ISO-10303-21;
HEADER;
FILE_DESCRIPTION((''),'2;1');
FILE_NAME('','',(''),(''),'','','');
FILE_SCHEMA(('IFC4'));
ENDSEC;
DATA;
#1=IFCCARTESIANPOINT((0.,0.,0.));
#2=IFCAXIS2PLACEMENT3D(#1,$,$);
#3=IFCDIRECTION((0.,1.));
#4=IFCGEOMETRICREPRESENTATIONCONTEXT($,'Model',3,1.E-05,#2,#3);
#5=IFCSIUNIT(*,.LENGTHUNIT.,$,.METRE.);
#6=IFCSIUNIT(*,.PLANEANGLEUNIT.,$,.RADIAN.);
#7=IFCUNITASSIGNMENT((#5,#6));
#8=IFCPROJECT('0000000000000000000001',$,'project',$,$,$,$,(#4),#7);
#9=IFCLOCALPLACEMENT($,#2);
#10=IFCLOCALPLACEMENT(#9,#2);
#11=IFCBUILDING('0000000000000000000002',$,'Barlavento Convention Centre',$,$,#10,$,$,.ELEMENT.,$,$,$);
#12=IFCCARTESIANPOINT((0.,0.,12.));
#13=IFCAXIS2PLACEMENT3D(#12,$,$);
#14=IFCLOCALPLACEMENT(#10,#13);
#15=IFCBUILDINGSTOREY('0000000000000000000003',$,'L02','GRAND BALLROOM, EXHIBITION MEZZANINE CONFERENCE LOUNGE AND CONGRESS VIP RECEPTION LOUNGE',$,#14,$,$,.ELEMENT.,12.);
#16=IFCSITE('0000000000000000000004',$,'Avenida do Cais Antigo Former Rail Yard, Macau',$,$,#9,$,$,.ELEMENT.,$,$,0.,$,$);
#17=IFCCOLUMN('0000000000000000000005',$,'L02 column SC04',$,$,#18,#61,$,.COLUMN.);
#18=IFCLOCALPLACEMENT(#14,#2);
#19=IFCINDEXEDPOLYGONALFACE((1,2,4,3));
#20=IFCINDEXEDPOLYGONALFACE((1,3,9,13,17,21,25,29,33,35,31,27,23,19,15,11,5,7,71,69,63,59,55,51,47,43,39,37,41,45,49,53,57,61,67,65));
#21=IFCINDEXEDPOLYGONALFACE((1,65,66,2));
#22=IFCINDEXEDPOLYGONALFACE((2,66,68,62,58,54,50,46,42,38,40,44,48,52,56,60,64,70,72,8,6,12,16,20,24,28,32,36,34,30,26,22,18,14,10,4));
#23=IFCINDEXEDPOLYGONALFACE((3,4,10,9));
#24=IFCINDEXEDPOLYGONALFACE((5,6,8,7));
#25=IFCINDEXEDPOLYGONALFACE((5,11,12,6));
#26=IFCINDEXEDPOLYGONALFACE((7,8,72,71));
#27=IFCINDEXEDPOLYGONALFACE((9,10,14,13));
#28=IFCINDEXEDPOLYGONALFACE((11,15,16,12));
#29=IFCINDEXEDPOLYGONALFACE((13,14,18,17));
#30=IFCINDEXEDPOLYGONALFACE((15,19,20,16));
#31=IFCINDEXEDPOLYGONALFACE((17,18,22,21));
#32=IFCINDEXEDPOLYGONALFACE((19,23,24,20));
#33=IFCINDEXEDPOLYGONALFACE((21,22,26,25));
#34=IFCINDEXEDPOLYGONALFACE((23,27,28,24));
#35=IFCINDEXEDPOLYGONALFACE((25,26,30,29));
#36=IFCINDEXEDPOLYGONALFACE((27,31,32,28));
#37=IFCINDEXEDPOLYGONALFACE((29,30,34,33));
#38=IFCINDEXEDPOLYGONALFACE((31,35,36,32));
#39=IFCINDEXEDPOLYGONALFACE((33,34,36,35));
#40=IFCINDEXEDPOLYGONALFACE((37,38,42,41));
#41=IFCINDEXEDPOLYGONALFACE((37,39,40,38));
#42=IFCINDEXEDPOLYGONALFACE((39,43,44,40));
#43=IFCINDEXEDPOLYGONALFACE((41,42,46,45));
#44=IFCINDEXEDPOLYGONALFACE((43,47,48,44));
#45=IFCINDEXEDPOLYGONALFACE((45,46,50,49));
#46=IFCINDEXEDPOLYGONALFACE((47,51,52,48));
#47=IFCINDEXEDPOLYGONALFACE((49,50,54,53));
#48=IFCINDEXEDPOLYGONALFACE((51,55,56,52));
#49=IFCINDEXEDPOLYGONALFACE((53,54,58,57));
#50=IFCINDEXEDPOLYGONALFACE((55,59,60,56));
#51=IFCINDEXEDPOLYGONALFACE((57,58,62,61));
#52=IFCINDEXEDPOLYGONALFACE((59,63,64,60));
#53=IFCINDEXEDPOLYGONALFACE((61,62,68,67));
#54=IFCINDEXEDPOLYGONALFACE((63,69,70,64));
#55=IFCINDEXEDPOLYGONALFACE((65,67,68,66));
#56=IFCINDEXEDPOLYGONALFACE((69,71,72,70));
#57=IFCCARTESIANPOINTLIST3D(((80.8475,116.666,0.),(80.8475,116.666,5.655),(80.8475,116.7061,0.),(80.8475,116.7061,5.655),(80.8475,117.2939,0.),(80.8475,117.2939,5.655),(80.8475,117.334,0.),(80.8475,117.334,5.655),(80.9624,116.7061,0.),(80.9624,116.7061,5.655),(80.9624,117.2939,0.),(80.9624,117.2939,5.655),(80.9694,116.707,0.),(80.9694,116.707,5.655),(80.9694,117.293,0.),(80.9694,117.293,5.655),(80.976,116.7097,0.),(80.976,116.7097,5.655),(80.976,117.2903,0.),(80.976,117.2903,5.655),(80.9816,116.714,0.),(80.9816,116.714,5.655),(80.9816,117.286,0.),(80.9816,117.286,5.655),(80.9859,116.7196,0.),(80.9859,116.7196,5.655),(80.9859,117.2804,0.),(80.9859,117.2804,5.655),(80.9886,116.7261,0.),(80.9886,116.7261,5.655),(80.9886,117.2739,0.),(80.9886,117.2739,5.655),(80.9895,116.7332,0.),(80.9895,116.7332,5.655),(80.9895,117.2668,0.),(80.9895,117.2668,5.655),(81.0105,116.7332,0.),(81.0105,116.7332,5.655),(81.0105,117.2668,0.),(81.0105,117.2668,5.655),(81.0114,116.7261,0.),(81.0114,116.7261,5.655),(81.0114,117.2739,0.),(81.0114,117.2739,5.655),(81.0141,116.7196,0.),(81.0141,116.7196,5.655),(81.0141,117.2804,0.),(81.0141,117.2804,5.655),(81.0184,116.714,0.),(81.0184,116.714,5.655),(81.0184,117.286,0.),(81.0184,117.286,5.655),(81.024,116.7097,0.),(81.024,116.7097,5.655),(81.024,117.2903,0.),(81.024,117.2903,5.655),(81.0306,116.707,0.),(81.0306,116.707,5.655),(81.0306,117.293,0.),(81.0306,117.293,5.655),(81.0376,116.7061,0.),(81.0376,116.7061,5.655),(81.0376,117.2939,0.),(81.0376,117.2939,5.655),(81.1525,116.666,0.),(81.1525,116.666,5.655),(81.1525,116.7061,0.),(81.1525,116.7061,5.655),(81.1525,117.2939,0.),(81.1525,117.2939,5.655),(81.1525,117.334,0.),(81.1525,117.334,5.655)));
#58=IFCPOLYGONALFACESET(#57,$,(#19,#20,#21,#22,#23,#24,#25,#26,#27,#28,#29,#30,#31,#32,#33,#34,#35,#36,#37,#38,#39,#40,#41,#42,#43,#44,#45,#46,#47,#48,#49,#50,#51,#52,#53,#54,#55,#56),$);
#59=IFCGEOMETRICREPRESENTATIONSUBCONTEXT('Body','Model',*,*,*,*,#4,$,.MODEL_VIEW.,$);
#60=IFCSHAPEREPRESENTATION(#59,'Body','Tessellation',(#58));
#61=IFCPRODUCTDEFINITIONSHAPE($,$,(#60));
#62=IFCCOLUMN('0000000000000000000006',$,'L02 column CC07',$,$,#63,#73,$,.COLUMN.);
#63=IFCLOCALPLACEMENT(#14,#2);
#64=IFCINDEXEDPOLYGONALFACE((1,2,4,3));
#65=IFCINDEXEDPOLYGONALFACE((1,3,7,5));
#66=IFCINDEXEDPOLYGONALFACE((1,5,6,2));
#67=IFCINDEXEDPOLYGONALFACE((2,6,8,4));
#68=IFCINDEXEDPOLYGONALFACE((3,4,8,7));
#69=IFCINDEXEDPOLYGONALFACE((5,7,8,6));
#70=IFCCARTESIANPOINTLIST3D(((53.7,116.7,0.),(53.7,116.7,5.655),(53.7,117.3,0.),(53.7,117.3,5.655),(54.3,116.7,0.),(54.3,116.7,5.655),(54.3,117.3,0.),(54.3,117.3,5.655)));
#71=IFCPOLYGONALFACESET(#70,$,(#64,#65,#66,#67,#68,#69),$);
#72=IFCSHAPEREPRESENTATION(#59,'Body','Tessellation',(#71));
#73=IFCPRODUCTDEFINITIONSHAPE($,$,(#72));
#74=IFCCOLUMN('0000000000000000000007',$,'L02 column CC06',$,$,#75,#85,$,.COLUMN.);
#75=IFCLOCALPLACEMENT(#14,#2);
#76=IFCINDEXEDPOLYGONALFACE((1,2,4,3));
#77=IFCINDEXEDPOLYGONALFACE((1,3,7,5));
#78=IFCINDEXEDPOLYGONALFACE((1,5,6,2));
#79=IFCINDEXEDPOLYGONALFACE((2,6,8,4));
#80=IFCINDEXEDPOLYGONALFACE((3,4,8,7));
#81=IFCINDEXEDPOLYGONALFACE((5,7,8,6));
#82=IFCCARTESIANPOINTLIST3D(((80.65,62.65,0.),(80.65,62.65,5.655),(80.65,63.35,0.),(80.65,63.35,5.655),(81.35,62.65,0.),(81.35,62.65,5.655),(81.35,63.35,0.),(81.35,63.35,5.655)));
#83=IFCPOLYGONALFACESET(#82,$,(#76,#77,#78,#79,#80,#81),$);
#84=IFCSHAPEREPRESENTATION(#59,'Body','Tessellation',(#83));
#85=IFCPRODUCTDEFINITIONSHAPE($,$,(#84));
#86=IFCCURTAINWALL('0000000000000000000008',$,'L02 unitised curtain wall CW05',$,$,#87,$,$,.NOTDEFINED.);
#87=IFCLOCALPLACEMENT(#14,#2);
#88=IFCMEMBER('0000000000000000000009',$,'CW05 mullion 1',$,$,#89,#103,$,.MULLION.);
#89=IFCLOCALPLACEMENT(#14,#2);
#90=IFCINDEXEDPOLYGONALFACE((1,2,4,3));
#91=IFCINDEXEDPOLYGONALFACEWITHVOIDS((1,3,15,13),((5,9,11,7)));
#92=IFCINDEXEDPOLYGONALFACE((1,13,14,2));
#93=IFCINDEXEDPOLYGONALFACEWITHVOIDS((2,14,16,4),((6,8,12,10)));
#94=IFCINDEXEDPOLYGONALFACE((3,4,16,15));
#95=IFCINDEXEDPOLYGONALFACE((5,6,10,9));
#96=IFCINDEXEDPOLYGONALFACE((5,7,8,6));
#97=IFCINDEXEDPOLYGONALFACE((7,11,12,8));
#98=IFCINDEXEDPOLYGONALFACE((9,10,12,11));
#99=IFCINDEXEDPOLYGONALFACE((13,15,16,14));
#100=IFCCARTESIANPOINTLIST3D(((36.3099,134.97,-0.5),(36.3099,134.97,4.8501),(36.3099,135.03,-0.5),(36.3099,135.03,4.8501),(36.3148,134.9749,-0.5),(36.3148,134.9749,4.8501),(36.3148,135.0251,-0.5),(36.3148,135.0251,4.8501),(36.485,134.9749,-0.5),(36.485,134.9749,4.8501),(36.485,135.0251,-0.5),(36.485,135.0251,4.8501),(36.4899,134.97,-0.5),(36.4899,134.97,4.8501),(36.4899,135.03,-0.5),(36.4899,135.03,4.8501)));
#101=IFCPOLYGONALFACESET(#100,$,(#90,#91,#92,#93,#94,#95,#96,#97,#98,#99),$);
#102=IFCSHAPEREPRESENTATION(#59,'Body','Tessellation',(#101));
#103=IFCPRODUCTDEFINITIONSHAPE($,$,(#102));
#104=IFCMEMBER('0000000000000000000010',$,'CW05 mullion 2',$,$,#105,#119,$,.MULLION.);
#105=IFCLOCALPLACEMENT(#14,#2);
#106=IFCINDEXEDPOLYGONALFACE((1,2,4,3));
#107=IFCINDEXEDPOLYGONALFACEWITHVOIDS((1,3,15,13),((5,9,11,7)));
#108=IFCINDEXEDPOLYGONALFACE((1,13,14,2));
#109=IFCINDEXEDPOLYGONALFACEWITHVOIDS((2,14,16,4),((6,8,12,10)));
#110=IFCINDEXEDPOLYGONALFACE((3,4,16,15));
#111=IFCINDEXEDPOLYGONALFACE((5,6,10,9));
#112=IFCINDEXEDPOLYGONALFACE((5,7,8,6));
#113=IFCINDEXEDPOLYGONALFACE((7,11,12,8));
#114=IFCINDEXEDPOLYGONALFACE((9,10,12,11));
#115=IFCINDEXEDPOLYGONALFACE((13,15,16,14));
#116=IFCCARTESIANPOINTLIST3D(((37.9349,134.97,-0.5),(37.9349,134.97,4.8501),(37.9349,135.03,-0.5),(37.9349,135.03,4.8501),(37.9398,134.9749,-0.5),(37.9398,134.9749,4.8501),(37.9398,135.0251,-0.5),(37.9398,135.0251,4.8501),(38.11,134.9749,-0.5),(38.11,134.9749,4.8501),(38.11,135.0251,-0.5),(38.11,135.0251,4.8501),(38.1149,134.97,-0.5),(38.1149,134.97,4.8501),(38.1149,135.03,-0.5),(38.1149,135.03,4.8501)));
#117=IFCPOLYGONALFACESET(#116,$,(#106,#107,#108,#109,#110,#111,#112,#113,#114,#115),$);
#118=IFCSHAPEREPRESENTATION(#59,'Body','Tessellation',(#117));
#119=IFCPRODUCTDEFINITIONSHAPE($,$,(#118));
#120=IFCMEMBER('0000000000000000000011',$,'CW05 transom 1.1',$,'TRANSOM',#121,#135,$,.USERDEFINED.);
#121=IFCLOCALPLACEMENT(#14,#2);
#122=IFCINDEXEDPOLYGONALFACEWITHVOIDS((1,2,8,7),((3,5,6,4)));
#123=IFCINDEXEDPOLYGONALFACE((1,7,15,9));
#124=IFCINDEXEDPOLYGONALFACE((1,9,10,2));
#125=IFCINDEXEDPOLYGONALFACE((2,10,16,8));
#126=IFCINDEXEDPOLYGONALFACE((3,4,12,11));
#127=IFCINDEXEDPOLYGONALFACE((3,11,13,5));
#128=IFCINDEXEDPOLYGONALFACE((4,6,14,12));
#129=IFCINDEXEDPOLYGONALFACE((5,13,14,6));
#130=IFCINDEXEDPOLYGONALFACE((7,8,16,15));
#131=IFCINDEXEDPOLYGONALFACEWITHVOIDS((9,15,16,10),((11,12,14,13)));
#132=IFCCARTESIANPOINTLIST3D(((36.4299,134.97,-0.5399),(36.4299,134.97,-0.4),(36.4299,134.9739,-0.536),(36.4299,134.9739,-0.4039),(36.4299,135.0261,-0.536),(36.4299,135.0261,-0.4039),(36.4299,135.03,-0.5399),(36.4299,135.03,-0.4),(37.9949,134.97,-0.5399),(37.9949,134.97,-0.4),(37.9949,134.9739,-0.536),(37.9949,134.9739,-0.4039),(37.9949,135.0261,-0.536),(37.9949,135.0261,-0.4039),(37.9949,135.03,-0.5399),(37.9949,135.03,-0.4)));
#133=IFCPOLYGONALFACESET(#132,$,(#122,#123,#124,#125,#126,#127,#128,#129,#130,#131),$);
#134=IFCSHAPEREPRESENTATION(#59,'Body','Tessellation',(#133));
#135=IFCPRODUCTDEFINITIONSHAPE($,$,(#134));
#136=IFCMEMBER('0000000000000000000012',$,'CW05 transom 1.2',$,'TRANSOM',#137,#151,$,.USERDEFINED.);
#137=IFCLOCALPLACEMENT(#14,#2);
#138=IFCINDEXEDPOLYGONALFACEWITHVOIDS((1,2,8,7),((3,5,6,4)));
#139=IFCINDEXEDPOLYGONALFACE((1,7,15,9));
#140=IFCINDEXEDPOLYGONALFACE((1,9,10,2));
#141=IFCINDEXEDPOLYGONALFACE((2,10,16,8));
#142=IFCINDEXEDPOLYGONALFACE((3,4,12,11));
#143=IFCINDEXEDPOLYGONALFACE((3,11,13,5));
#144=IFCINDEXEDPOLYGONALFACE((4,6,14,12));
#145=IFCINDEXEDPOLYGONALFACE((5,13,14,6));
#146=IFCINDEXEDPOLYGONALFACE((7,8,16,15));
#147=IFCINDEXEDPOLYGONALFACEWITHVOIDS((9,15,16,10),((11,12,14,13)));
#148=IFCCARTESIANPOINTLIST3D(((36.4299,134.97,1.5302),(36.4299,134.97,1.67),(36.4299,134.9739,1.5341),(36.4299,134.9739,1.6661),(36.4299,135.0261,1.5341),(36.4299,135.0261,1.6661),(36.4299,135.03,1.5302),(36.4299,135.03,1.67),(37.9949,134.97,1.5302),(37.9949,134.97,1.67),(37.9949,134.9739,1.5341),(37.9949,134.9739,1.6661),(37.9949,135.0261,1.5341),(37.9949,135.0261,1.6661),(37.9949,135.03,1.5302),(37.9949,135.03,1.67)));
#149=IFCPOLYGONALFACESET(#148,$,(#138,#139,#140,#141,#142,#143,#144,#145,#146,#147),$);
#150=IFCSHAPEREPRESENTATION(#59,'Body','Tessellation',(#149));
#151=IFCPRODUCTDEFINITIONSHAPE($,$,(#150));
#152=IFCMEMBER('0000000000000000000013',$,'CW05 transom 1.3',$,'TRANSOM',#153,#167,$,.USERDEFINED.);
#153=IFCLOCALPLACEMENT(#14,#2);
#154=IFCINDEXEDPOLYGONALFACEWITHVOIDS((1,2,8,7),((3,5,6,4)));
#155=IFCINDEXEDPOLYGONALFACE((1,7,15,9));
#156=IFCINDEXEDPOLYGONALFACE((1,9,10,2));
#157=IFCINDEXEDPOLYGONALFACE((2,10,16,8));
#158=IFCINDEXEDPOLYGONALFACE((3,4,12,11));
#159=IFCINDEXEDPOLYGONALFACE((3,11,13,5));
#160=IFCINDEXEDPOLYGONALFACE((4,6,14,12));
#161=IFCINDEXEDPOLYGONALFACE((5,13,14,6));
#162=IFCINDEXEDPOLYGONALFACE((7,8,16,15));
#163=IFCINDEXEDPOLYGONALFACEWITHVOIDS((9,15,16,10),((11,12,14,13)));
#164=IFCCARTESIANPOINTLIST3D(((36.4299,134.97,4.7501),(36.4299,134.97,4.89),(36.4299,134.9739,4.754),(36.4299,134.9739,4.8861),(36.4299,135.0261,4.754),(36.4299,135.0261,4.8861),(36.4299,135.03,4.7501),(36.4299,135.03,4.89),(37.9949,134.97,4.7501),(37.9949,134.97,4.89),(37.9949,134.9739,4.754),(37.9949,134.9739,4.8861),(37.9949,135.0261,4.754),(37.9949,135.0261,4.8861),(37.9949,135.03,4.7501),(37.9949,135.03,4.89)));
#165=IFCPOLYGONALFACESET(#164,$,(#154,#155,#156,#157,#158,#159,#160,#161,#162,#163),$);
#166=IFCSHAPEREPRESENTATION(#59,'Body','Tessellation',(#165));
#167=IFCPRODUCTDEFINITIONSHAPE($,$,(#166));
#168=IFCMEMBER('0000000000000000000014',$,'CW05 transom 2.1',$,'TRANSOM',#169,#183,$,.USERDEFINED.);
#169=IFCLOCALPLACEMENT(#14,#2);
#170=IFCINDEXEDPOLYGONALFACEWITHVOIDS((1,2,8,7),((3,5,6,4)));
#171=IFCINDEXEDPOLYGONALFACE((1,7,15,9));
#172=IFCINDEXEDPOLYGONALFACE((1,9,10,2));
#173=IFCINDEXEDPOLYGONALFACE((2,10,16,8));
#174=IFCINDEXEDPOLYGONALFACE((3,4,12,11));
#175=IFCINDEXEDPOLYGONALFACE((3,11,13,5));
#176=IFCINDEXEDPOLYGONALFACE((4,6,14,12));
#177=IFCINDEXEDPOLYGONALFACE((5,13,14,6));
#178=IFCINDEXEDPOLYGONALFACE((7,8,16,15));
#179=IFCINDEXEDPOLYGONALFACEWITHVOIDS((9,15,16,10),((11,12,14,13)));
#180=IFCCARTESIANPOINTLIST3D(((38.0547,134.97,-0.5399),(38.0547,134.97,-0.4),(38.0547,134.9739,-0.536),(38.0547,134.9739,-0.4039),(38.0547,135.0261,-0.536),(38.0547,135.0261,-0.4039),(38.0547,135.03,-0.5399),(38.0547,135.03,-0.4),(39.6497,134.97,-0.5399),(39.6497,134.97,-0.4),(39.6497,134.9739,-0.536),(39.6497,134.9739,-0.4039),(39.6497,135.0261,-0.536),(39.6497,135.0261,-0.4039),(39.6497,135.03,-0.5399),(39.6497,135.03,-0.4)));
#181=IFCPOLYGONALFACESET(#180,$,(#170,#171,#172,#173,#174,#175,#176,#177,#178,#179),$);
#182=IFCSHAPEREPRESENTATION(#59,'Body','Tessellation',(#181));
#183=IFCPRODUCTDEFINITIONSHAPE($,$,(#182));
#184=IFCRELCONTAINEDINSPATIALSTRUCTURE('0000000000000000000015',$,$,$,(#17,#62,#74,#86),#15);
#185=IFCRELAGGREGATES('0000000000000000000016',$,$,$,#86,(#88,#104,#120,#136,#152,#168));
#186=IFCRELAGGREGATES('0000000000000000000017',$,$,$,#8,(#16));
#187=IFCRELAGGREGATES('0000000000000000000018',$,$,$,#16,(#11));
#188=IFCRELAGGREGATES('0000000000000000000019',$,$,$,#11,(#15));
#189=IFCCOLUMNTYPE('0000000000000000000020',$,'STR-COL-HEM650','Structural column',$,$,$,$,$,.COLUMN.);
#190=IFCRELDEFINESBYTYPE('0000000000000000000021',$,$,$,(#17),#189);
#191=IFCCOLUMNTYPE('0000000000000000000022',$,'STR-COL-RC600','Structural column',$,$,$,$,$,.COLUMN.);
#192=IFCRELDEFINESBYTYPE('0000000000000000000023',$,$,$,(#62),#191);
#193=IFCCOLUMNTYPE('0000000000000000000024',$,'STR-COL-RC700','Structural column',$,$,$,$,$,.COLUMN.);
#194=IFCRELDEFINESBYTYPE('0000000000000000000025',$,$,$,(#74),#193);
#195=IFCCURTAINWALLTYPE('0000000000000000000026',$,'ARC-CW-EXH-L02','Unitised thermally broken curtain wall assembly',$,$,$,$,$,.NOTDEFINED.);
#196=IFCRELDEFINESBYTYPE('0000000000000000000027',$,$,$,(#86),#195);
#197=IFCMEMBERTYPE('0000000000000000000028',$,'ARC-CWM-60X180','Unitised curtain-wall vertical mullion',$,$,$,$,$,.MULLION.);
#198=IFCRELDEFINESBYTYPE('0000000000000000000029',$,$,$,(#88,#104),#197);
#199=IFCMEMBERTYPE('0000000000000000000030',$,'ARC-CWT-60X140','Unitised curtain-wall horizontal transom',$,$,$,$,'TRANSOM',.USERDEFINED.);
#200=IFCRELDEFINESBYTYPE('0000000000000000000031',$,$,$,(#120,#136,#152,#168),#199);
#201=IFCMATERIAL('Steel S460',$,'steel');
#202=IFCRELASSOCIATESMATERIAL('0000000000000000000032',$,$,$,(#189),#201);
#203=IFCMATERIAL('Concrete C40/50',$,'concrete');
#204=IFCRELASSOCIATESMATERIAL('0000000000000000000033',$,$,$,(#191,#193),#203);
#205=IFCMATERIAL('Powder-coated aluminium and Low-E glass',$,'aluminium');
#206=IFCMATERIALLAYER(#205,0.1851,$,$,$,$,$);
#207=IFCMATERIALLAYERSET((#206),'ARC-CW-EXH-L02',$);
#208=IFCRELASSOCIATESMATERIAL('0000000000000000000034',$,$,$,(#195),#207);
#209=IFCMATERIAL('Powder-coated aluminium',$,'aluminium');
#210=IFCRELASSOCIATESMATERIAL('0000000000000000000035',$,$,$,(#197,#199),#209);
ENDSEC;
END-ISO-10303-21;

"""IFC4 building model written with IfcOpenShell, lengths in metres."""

from ifc_helpers import new_model, si_unit, direction, frame, origin, origin_2d, place, context, subcontext, project, spatial, rectangle, hollow_rectangle, i_section, extrude, material, layer, layer_set, material_profile, profile_set, type_object, element, aggregate, save


model = new_model("IFC4")

# Units and contexts
model_context = context("Model", 3, precision=1e-05, world=origin(), true_north=direction((0.0, 1.0)))
body_context = subcontext(model_context, "Body", "Model", "MODEL_VIEW")
ifc_project = project(units=[si_unit("LENGTHUNIT", "METRE"), si_unit("PLANEANGLEUNIT", "RADIAN")], contexts=[model_context])

# Site, building, storey
site_placement = place(None, origin())
site = spatial("IfcSite", under=ifc_project, at=site_placement, Name="Avenida do Cais Antigo Former Rail Yard, Macau", CompositionType="ELEMENT", RefElevation=0.0)
building_placement = place(site_placement, origin())
building = spatial("IfcBuilding", under=site, at=building_placement, Name="Barlavento Convention Centre", CompositionType="ELEMENT")
storey_placement = place(building_placement, frame((0.0, 0.0, 12.0)))
storey = spatial("IfcBuildingStorey", under=building, at=storey_placement, Name="L02", Description="GRAND BALLROOM, EXHIBITION MEZZANINE CONFERENCE LOUNGE AND CONGRESS VIP RECEPTION LOUNGE", CompositionType="ELEMENT", Elevation=12.0)

# Columns
ifc_material_1 = material(Name="Steel S460", Category="steel")
ifc_material_profile_1 = material_profile(ifc_material_1, i_section(OverallWidth=0.3049, OverallDepth=0.668, WebThickness=0.021, FlangeThickness=0.04, FilletRadius=0.0271, at=origin_2d()), Name="HEM 650")
ifc_profile_set_1 = profile_set([ifc_material_profile_1], Name="Steel S460")
column_type_1 = type_object("IfcColumnType", Name="STR-COL-HEM650", Description="Structural column", PredefinedType="COLUMN", material=ifc_profile_set_1)
for number, where, z_axis, x_axis, name in (
    (1, (81.0, 117.0, 0.0), (0.0, 0.0, 1.0), (1.0, 0.0, 0.0), "L02 column SC04"),
):
    element("IfcColumn", number, at=place(storey_placement, frame(where, z_axis=z_axis, x_axis=x_axis)), inside=storey, type_object=column_type_1, Name=name, PredefinedType="COLUMN", context=body_context, shape_type="SweptSolid", body=[
        extrude(i_section(OverallWidth=0.3049, OverallDepth=0.668, WebThickness=0.021, FlangeThickness=0.04, FilletRadius=0.0271, at=origin_2d()), origin(), (0.0, 0.0, 1.0), 5.655),
    ])
ifc_material_2 = material(Name="Concrete C40/50", Category="concrete")
ifc_material_profile_2 = material_profile(ifc_material_2, rectangle(XDim=0.6001, YDim=0.6001, at=origin_2d()), Name="RC 600x600")
ifc_profile_set_2 = profile_set([ifc_material_profile_2], Name="Concrete C40/50")
column_type_2 = type_object("IfcColumnType", Name="STR-COL-RC600", Description="Structural column", PredefinedType="COLUMN", material=ifc_profile_set_2)
column_1_placement = place(storey_placement, frame((54.0, 117.0, 0.0), z_axis=(0.0, 0.0, 1.0), x_axis=(1.0, 0.0, 0.0)))
element("IfcColumn", 2, at=column_1_placement, inside=storey, type_object=column_type_2, Name="L02 column CC07", PredefinedType="COLUMN", context=body_context, shape_type="SweptSolid", body=[
    extrude(rectangle(XDim=0.6001, YDim=0.6001, at=origin_2d()), origin(), (0.0, 0.0, 1.0), 5.655),
])
ifc_material_profile_3 = material_profile(ifc_material_2, rectangle(XDim=0.7, YDim=0.7, at=origin_2d()), Name="RC 700x700")
ifc_profile_set_3 = profile_set([ifc_material_profile_3], Name="Concrete C40/50")
column_type_3 = type_object("IfcColumnType", Name="STR-COL-RC700", Description="Structural column", PredefinedType="COLUMN", material=ifc_profile_set_3)
column_2_placement = place(storey_placement, frame((81.0, 63.0, 0.0), z_axis=(0.0, 0.0, 1.0), x_axis=(1.0, 0.0, 0.0)))
element("IfcColumn", 3, at=column_2_placement, inside=storey, type_object=column_type_3, Name="L02 column CC06", PredefinedType="COLUMN", context=body_context, shape_type="SweptSolid", body=[
    extrude(rectangle(XDim=0.7, YDim=0.7, at=origin_2d()), origin(), (0.0, 0.0, 1.0), 5.655),
])

# Curtain wall, members
ifc_material_3 = material(Name="Powder-coated aluminium and Low-E glass", Category="aluminium")
ifc_layer_1 = layer(ifc_material_3, 0.1851)
ifc_layer_set_1 = layer_set([ifc_layer_1], Name="ARC-CW-EXH-L02")
curtain_wall_type = type_object("IfcCurtainWallType", Name="ARC-CW-EXH-L02", Description="Unitised thermally broken curtain wall assembly", PredefinedType="NOTDEFINED", material=ifc_layer_set_1)
curtain_wall_placement = place(storey_placement, origin())
curtain_wall = element("IfcCurtainWall", 4, at=curtain_wall_placement, inside=storey, type_object=curtain_wall_type, Name="L02 unitised curtain wall CW05", PredefinedType="NOTDEFINED")
ifc_material_4 = material(Name="Powder-coated aluminium", Category="aluminium")
ifc_material_profile_4 = material_profile(ifc_material_4, hollow_rectangle(XDim=0.0601, YDim=0.1799, WallThickness=0.0049, at=origin_2d()), Name="AL-MULL 60x180x5")
ifc_profile_set_4 = profile_set([ifc_material_profile_4], Name="Powder-coated aluminium")
member_type_1 = type_object("IfcMemberType", Name="ARC-CWM-60X180", Description="Unitised curtain-wall vertical mullion", PredefinedType="MULLION", material=ifc_profile_set_4)
member_1_placement = place(storey_placement, frame((36.3999, 135.0, -0.5), z_axis=(0.0, 0.0, 1.0), x_axis=(0.0, 1.0, 0.0)))
member_1 = element("IfcMember", 5, at=member_1_placement, type_object=member_type_1, Name="CW05 mullion 1", PredefinedType="MULLION", context=body_context, shape_type="SweptSolid", body=[
    extrude(hollow_rectangle(XDim=0.0601, YDim=0.1799, WallThickness=0.0049, at=origin_2d()), origin(), (0.0, 0.0, 1.0), 5.3501),
])
member_2_placement = place(storey_placement, frame((38.0249, 135.0, -0.5), z_axis=(0.0, 0.0, 1.0), x_axis=(0.0, 1.0, 0.0)))
member_2 = element("IfcMember", 6, at=member_2_placement, type_object=member_type_1, Name="CW05 mullion 2", PredefinedType="MULLION", context=body_context, shape_type="SweptSolid", body=[
    extrude(hollow_rectangle(XDim=0.0601, YDim=0.1799, WallThickness=0.0049, at=origin_2d()), origin(), (0.0, 0.0, 1.0), 5.3501),
])
ifc_material_profile_5 = material_profile(ifc_material_4, hollow_rectangle(XDim=0.0601, YDim=0.1399, WallThickness=0.0039, at=origin_2d()), Name="AL-TRAN 60x140x4")
ifc_profile_set_5 = profile_set([ifc_material_profile_5], Name="Powder-coated aluminium")
member_type_2 = type_object("IfcMemberType", Name="ARC-CWT-60X140", Description="Unitised curtain-wall horizontal transom", ElementType="TRANSOM", PredefinedType="USERDEFINED", material=ifc_profile_set_5)
member_3_placement = place(storey_placement, frame((36.4299, 135.0, -0.47), z_axis=(1.0, 0.0, 0.0), x_axis=(0.0, 1.0, 0.0)))
member_3 = element("IfcMember", 7, at=member_3_placement, type_object=member_type_2, Name="CW05 transom 1.1", ObjectType="TRANSOM", PredefinedType="USERDEFINED", context=body_context, shape_type="SweptSolid", body=[
    extrude(hollow_rectangle(XDim=0.0601, YDim=0.1399, WallThickness=0.0039, at=origin_2d()), origin(), (0.0, 0.0, 1.0), 1.5649),
])
member_4_placement = place(storey_placement, frame((36.4299, 135.0, 1.6001), z_axis=(1.0, 0.0, 0.0), x_axis=(0.0, 1.0, 0.0)))
member_4 = element("IfcMember", 8, at=member_4_placement, type_object=member_type_2, Name="CW05 transom 1.2", ObjectType="TRANSOM", PredefinedType="USERDEFINED", context=body_context, shape_type="SweptSolid", body=[
    extrude(hollow_rectangle(XDim=0.0601, YDim=0.1399, WallThickness=0.0039, at=origin_2d()), origin(), (0.0, 0.0, 1.0), 1.5649),
])
member_5_placement = place(storey_placement, frame((36.4299, 135.0, 4.8201), z_axis=(1.0, 0.0, 0.0), x_axis=(0.0, 1.0, 0.0)))
member_5 = element("IfcMember", 9, at=member_5_placement, type_object=member_type_2, Name="CW05 transom 1.3", ObjectType="TRANSOM", PredefinedType="USERDEFINED", context=body_context, shape_type="SweptSolid", body=[
    extrude(hollow_rectangle(XDim=0.0601, YDim=0.1399, WallThickness=0.0039, at=origin_2d()), origin(), (0.0, 0.0, 1.0), 1.5649),
])
member_6_placement = place(storey_placement, frame((38.0547, 135.0, -0.47), z_axis=(1.0, 0.0, 0.0), x_axis=(0.0, 1.0, 0.0)))
member_6 = element("IfcMember", 10, at=member_6_placement, type_object=member_type_2, Name="CW05 transom 2.1", ObjectType="TRANSOM", PredefinedType="USERDEFINED", context=body_context, shape_type="SweptSolid", body=[
    extrude(hollow_rectangle(XDim=0.0601, YDim=0.1399, WallThickness=0.0039, at=origin_2d()), origin(), (0.0, 0.0, 1.0), 1.595),
])

aggregate(curtain_wall, [member_1, member_2, member_3, member_4, member_5, member_6])

save(model, "model.ifc")
